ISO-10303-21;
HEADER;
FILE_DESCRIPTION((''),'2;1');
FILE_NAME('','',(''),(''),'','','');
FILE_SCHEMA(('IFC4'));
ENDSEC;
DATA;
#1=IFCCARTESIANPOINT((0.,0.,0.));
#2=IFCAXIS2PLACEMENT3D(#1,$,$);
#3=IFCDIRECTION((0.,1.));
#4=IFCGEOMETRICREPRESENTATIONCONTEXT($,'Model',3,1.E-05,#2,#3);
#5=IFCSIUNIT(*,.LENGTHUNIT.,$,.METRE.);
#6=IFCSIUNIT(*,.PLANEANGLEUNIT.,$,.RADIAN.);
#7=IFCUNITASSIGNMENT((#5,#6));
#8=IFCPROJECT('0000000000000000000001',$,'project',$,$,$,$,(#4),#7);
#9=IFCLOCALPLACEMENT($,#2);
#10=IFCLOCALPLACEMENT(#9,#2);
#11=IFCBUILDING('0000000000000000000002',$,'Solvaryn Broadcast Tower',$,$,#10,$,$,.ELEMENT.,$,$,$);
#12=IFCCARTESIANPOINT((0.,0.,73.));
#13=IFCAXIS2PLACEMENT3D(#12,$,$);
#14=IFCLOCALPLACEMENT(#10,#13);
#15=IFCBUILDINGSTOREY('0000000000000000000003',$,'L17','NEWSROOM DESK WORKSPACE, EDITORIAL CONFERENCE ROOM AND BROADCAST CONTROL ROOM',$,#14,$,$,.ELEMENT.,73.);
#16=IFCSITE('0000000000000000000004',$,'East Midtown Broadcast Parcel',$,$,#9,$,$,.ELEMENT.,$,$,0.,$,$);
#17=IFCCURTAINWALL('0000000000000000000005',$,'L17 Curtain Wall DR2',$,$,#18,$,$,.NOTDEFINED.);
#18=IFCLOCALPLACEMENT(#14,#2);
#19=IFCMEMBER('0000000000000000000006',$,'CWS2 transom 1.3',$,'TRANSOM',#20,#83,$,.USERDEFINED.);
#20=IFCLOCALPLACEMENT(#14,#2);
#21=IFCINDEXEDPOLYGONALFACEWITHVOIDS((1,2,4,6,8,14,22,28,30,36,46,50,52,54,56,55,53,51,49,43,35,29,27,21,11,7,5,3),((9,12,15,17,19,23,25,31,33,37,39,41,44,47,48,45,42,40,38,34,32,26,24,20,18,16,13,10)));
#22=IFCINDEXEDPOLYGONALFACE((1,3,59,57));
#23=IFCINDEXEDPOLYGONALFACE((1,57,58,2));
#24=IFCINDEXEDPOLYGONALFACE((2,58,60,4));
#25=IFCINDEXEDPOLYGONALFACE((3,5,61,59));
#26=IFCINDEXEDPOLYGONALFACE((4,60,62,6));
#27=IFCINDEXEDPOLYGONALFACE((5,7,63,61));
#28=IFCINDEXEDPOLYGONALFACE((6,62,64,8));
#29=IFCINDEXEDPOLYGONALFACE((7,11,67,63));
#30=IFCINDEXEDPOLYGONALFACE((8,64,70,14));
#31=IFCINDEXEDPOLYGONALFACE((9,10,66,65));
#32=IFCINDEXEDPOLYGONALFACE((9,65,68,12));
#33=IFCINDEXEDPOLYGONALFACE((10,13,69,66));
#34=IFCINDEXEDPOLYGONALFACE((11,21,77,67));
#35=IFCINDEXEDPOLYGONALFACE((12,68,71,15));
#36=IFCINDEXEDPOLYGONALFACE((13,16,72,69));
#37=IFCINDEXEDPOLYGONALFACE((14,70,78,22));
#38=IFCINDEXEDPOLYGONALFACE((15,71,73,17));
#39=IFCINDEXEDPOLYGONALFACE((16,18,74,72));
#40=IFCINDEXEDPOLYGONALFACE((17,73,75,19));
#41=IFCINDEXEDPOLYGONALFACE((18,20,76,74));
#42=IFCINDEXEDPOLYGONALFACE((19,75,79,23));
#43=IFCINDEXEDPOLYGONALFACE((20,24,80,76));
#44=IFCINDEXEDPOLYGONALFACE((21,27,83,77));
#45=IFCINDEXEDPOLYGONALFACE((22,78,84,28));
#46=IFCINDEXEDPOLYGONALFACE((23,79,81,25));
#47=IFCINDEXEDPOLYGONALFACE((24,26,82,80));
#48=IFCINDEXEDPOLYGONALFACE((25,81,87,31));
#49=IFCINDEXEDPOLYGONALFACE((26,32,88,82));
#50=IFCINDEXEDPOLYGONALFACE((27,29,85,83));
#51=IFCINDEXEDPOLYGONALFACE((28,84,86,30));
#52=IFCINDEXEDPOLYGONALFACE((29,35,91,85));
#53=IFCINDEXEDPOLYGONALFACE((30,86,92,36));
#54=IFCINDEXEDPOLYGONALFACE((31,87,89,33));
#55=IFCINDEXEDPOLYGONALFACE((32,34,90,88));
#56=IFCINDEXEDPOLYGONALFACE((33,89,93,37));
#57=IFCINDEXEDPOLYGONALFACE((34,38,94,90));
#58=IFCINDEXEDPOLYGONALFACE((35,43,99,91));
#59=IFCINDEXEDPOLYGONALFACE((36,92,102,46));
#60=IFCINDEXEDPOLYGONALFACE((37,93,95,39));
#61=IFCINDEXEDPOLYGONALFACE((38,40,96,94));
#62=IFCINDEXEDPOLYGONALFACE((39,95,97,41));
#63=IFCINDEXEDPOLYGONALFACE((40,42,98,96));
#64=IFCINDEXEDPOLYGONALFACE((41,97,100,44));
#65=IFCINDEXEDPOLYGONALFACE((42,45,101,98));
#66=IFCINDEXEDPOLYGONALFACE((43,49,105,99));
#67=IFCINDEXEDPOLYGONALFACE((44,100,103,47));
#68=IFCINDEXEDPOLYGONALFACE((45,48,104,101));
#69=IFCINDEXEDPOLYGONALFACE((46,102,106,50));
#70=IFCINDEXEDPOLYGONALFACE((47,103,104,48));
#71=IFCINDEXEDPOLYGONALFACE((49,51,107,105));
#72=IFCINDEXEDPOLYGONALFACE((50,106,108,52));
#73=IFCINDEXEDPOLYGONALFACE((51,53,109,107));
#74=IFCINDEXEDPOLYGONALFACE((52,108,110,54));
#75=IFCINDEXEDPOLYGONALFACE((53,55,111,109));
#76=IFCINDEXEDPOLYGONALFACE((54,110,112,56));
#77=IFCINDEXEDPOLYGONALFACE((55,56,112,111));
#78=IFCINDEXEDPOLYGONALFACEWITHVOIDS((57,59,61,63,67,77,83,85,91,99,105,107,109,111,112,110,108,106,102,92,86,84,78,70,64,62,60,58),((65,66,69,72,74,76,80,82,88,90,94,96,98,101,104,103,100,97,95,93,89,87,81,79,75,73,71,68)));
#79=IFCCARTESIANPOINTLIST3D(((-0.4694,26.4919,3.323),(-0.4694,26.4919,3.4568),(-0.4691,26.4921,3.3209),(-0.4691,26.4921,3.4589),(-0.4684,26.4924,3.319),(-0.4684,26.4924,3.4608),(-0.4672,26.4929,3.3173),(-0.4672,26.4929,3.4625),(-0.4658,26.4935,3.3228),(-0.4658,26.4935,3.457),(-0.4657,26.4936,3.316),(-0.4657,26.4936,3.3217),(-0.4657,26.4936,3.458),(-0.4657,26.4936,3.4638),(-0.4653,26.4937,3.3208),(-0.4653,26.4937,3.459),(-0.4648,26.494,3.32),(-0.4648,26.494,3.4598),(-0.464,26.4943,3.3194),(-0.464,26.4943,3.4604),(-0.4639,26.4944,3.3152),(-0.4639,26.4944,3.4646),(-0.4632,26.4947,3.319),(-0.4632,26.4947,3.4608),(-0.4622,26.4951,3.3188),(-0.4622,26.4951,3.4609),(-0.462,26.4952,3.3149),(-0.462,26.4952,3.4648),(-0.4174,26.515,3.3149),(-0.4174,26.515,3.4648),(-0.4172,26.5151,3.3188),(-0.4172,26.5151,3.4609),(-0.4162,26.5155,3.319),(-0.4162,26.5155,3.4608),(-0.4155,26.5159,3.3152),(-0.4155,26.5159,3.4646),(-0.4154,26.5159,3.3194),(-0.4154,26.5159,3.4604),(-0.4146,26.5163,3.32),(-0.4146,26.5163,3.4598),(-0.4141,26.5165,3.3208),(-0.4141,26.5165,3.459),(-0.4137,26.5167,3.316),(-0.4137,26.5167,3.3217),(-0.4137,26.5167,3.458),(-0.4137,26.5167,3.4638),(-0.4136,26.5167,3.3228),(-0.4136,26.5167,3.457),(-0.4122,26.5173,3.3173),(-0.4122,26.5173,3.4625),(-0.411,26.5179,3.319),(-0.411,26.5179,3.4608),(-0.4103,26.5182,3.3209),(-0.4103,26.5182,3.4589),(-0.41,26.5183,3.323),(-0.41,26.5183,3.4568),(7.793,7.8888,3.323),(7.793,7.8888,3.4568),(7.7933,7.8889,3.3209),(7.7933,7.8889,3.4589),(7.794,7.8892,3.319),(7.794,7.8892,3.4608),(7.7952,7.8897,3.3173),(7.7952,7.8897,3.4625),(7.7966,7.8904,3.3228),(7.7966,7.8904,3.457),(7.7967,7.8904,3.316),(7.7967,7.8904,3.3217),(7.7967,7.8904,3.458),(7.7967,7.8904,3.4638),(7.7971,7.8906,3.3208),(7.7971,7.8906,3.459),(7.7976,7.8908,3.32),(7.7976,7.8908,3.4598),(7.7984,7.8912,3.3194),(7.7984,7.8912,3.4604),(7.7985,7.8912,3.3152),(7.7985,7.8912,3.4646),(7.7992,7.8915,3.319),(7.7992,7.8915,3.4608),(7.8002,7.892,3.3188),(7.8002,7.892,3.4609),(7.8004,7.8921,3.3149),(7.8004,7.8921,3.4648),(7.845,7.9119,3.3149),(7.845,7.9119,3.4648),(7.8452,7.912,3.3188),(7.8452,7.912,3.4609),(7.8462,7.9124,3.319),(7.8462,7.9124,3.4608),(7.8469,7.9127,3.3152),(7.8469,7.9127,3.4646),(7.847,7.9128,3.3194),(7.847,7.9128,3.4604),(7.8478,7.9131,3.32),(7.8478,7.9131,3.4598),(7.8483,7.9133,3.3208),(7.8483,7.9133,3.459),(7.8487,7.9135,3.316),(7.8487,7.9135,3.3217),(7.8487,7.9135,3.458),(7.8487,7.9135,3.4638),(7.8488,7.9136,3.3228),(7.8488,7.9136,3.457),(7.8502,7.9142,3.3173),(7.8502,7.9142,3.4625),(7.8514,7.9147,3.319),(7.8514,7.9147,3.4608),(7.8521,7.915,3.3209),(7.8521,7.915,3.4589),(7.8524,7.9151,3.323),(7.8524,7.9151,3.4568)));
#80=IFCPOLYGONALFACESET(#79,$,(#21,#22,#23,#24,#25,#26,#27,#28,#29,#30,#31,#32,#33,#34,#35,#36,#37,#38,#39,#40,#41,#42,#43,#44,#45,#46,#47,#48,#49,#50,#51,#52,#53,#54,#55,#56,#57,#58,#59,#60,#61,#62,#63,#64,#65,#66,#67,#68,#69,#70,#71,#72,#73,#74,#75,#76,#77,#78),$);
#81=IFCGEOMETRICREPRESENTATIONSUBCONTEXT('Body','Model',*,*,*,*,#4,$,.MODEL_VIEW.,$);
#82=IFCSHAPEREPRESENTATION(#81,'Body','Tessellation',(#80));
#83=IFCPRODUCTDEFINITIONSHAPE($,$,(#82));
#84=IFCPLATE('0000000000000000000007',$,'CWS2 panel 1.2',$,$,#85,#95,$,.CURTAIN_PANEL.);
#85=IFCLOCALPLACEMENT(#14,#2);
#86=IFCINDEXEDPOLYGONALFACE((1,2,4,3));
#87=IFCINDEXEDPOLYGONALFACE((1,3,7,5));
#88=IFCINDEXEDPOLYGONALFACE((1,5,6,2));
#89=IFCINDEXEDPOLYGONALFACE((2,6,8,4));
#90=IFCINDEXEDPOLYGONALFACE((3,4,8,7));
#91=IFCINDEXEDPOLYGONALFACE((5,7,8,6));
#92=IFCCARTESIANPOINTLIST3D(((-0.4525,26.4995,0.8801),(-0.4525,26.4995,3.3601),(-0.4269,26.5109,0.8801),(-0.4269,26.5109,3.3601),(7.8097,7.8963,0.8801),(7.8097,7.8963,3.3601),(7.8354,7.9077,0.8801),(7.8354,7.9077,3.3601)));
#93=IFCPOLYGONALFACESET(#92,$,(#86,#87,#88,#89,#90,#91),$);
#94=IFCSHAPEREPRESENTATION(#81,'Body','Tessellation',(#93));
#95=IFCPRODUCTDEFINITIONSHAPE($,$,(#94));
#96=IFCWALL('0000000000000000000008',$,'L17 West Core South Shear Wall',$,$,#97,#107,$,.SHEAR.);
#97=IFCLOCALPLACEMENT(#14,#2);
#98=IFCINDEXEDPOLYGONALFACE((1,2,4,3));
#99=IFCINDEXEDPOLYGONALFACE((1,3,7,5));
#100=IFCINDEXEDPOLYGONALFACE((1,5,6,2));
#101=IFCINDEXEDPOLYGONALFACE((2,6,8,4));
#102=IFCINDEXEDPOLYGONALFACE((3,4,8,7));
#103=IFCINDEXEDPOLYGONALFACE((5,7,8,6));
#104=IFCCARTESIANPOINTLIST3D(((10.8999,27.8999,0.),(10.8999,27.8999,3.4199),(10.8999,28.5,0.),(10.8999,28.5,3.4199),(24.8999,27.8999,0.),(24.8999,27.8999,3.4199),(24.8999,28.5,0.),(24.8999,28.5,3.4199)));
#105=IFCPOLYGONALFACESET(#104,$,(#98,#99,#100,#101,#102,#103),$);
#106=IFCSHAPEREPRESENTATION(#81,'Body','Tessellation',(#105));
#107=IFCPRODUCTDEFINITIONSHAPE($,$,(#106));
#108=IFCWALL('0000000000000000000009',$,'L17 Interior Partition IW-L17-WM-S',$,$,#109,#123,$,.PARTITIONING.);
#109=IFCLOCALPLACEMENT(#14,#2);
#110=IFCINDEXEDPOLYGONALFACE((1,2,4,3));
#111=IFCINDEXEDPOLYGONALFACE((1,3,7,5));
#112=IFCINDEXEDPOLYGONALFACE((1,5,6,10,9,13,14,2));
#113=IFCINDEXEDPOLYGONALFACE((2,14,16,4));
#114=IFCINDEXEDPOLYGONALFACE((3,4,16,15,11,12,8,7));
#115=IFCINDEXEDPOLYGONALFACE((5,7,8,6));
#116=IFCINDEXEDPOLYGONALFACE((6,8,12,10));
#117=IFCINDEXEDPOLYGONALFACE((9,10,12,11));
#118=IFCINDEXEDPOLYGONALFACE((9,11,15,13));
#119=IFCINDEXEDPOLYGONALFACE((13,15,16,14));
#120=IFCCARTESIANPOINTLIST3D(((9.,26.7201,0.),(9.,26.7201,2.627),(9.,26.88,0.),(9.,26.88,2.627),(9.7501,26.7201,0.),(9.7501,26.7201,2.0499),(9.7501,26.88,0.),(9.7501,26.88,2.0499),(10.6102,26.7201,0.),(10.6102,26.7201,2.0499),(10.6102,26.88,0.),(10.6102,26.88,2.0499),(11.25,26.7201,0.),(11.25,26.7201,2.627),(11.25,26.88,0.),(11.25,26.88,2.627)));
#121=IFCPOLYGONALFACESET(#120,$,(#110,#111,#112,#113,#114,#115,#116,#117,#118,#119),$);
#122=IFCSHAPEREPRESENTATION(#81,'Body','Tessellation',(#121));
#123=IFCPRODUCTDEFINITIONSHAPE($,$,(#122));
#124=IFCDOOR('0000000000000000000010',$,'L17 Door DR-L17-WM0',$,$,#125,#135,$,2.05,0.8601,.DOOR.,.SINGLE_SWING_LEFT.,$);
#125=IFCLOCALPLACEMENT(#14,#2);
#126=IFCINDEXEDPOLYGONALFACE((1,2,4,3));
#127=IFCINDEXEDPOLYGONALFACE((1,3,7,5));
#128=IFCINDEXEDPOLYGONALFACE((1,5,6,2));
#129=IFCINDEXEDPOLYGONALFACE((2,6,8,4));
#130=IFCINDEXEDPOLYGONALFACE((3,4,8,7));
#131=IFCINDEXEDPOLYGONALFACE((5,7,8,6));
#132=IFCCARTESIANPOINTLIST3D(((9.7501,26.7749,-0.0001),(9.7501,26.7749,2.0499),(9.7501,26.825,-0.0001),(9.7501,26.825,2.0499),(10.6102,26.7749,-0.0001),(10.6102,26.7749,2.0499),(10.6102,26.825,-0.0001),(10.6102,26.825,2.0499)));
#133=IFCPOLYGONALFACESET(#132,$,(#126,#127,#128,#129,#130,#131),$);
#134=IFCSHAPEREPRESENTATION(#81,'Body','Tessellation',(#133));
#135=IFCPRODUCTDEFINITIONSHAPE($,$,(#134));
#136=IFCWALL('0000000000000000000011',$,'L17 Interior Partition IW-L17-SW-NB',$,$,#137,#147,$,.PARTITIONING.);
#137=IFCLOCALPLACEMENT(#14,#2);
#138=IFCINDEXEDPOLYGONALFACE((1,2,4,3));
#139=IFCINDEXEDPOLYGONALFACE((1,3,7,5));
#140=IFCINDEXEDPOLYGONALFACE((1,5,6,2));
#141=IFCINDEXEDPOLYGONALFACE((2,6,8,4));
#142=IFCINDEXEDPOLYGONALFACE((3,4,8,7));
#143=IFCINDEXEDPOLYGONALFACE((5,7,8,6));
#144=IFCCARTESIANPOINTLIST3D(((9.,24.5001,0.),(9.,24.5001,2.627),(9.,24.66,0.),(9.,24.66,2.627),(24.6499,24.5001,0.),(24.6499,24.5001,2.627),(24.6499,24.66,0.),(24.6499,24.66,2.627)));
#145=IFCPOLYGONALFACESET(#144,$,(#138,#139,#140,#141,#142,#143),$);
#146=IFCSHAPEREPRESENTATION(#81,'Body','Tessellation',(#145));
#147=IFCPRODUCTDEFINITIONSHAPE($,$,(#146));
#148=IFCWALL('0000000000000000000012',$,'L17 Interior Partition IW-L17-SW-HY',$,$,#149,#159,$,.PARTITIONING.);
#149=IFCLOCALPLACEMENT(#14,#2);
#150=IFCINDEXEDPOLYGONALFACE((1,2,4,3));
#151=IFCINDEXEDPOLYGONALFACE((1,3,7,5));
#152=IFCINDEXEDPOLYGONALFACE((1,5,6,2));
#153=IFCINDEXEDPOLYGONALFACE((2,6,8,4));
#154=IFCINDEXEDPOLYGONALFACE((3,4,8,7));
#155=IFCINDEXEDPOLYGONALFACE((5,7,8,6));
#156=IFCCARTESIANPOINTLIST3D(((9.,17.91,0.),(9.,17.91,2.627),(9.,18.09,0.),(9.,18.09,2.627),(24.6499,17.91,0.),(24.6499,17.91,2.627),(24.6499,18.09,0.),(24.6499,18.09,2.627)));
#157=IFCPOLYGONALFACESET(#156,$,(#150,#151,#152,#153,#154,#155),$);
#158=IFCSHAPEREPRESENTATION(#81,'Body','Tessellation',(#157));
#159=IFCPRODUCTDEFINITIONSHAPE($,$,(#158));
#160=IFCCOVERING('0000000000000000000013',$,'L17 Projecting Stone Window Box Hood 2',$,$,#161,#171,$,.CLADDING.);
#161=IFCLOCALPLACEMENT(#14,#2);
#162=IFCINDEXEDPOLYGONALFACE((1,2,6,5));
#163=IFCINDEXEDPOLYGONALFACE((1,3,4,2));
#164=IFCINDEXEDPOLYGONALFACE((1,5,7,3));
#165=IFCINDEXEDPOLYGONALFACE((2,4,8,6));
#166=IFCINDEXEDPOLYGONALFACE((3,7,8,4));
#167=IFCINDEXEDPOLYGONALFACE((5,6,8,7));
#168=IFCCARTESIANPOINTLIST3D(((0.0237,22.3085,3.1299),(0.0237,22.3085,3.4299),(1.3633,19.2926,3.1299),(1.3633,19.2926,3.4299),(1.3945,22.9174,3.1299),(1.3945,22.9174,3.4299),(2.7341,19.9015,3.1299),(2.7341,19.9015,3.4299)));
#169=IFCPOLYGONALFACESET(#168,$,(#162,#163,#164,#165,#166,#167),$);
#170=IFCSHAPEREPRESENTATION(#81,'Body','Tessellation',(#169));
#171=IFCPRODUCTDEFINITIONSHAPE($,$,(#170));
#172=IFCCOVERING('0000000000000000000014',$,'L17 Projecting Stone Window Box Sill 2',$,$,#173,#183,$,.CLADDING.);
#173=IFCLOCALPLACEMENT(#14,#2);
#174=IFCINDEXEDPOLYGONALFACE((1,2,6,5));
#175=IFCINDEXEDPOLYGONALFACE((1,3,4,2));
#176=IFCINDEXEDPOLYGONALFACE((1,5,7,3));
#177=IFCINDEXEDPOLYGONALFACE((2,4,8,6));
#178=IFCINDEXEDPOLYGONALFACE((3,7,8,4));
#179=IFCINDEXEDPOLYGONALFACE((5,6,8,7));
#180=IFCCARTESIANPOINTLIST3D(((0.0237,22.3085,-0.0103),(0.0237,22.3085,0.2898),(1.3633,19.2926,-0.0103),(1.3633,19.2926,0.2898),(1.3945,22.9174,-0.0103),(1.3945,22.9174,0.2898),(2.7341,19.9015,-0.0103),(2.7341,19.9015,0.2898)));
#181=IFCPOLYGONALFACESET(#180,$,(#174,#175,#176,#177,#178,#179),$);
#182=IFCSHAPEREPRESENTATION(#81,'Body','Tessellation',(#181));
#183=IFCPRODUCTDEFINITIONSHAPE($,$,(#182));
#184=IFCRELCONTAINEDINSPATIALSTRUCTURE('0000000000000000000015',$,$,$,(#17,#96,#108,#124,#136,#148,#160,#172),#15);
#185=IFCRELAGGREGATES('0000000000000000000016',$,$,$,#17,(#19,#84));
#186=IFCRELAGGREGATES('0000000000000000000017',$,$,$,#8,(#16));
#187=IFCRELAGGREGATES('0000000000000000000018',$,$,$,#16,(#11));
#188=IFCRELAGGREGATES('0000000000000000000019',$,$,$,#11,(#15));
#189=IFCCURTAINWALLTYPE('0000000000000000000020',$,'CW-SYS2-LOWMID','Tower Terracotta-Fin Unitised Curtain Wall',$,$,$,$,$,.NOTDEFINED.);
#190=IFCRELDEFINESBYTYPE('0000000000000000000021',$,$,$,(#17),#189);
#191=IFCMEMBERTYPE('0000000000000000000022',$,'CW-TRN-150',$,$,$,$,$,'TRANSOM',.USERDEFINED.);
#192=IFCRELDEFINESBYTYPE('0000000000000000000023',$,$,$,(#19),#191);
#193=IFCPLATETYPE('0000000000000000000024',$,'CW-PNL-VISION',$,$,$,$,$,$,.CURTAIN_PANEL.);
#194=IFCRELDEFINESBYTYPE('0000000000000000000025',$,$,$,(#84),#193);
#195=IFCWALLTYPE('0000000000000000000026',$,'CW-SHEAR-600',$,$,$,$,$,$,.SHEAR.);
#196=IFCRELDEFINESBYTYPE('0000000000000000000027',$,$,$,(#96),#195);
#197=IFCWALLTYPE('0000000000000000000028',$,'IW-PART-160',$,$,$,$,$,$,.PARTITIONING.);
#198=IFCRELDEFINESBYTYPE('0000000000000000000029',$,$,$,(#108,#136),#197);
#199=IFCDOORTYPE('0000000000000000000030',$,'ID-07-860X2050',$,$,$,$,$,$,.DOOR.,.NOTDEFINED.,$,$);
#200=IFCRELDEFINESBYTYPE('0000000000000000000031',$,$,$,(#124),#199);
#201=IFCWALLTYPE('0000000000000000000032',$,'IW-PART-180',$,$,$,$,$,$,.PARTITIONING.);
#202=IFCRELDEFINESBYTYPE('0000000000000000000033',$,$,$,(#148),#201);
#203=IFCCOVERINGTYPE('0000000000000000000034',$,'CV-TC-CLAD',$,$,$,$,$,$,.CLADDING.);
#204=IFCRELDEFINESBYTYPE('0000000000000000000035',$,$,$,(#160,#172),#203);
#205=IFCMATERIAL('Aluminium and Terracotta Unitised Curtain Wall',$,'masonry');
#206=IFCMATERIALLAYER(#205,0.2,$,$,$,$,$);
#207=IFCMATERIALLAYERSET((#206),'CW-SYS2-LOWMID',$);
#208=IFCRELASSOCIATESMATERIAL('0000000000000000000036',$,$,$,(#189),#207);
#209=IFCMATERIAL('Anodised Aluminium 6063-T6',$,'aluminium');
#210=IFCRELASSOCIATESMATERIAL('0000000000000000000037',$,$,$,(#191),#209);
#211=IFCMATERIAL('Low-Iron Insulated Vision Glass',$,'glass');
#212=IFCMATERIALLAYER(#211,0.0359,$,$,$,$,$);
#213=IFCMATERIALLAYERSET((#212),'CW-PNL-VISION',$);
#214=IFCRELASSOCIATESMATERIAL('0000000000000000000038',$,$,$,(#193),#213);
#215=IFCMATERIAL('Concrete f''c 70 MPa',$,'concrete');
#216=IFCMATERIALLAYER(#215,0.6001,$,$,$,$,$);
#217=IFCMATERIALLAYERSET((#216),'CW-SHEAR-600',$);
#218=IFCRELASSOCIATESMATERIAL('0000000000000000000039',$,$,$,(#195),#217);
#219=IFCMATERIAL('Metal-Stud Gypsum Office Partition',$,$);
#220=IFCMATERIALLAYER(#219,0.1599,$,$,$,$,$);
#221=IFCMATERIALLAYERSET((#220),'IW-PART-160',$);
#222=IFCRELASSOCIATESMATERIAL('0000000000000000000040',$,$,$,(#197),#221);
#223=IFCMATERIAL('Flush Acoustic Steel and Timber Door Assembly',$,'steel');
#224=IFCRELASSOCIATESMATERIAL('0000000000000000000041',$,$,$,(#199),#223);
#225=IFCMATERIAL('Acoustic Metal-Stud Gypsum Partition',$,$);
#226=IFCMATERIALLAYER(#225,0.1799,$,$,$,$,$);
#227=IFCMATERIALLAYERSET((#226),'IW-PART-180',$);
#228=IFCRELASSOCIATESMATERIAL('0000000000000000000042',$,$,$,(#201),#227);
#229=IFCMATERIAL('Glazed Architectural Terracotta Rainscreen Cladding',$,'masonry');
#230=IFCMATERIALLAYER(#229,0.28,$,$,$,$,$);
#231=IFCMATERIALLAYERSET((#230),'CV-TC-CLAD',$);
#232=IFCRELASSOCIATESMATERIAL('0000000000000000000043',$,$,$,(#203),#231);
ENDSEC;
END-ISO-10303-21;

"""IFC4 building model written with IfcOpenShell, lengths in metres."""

from ifc_helpers import new_model, si_unit, direction, frame, frame_2d, origin, origin_2d, place, context, subcontext, project, spatial, rectangle, hollow_rectangle, extrude, material, layer, layer_set, material_profile, profile_set, type_object, element, fill, aggregate, save


model = new_model("IFC4")

# Units and contexts
model_context = context("Model", 3, precision=1e-05, world=origin(), true_north=direction((0.0, 1.0)))
body_context = subcontext(model_context, "Body", "Model", "MODEL_VIEW")
ifc_project = project(units=[si_unit("LENGTHUNIT", "METRE"), si_unit("PLANEANGLEUNIT", "RADIAN")], contexts=[model_context])

# Site, building, storey
site_placement = place(None, origin())
site = spatial("IfcSite", under=ifc_project, at=site_placement, Name="East Midtown Broadcast Parcel", CompositionType="ELEMENT", RefElevation=0.0)
building_placement = place(site_placement, origin())
building = spatial("IfcBuilding", under=site, at=building_placement, Name="Solvaryn Broadcast Tower", CompositionType="ELEMENT")
storey_placement = place(building_placement, frame((0.0, 0.0, 73.0)))
storey = spatial("IfcBuildingStorey", under=building, at=storey_placement, Name="L17", Description="NEWSROOM DESK WORKSPACE, EDITORIAL CONFERENCE ROOM AND BROADCAST CONTROL ROOM", CompositionType="ELEMENT", Elevation=73.0)

# Shared definitions
ifc_material_1 = material(Name="Aluminium and Terracotta Unitised Curtain Wall", Category="masonry")
ifc_layer_1 = layer(ifc_material_1, 0.2)
ifc_layer_set_1 = layer_set([ifc_layer_1], Name="CW-SYS2-LOWMID")
curtain_wall_type = type_object("IfcCurtainWallType", Name="CW-SYS2-LOWMID", Description="Tower Terracotta-Fin Unitised Curtain Wall", PredefinedType="NOTDEFINED", material=ifc_layer_set_1)

# Curtain wall, member, plate
curtain_wall_1_placement = place(storey_placement, origin())
curtain_wall_1 = element("IfcCurtainWall", 1, at=curtain_wall_1_placement, inside=storey, type_object=curtain_wall_type, Name="L17 Curtain Wall DR2", PredefinedType="NOTDEFINED")
ifc_material_2 = material(Name="Anodised Aluminium 6063-T6", Category="aluminium")
ifc_material_profile_1 = material_profile(ifc_material_2, hollow_rectangle(XDim=0.0649, YDim=0.1499, WallThickness=0.0039, InnerFilletRadius=0.0039, OuterFilletRadius=0.0081, at=origin_2d()))
ifc_profile_set_1 = profile_set([ifc_material_profile_1], Name="Anodised Aluminium 6063-T6")
member_type_1 = type_object("IfcMemberType", Name="CW-TRN-150", ElementType="TRANSOM", PredefinedType="USERDEFINED", material=ifc_profile_set_1)
member_1_placement = place(storey_placement, frame((-0.4397, 26.5051, 3.3899), z_axis=(0.405906, -0.913915, 0.0), x_axis=(0.913915, 0.405906, 0.0)))
member_1 = element("IfcMember", 2, at=member_1_placement, type_object=member_type_1, Name="CWS2 transom 1.3", ObjectType="TRANSOM", PredefinedType="USERDEFINED", context=body_context, shape_type="SweptSolid", body=[
    extrude(hollow_rectangle(XDim=0.0649, YDim=0.1499, WallThickness=0.0039, InnerFilletRadius=0.0039, OuterFilletRadius=0.0081, at=origin_2d()), origin(), (0.0, 0.0, 1.0), 20.3555),
])
ifc_material_3 = material(Name="Low-Iron Insulated Vision Glass", Category="glass")
ifc_layer_2 = layer(ifc_material_3, 0.0359)
ifc_layer_set_2 = layer_set([ifc_layer_2], Name="CW-PNL-VISION")
plate_type = type_object("IfcPlateType", Name="CW-PNL-VISION", PredefinedType="CURTAIN_PANEL", material=ifc_layer_set_2)
plate_placement = place(storey_placement, frame((3.6914, 17.2036, 0.8801), z_axis=(0.0, 0.0, 1.0), x_axis=(0.405898, -0.913918, 0.0)))
plate = element("IfcPlate", 3, at=plate_placement, type_object=plate_type, Name="CWS2 panel 1.2", PredefinedType="CURTAIN_PANEL", context=body_context, shape_type="SweptSolid", body=[
    extrude(rectangle(XDim=20.3555, YDim=0.0281, at=origin_2d()), origin(), (0.0, 0.0, 1.0), 2.48),
])
aggregate(curtain_wall_1, [member_1, plate])

# Wall
ifc_material_4 = material(Name="Concrete f'c 70 MPa", Category="concrete")
ifc_layer_3 = layer(ifc_material_4, 0.6001)
ifc_layer_set_3 = layer_set([ifc_layer_3], Name="CW-SHEAR-600")
wall_type_1 = type_object("IfcWallType", Name="CW-SHEAR-600", PredefinedType="SHEAR", material=ifc_layer_set_3)
wall_1_placement = place(storey_placement, frame((10.8999, 28.2, 0.0), z_axis=(0.0, 0.0, 1.0), x_axis=(1.0, 0.0, 0.0)))
element("IfcWall", 4, at=wall_1_placement, inside=storey, type_object=wall_type_1, Name="L17 West Core South Shear Wall", PredefinedType="SHEAR", context=body_context, shape_type="SweptSolid", body=[
    extrude(rectangle(XDim=14.0, YDim=0.6001, at=frame_2d((7.0, 0.0))), origin(), (0.0, 0.0, 1.0), 3.4199),
])

# Wall, opening, door
ifc_material_5 = material(Name="Metal-Stud Gypsum Office Partition")
ifc_layer_4 = layer(ifc_material_5, 0.1599)
ifc_layer_set_4 = layer_set([ifc_layer_4], Name="IW-PART-160")
wall_type_2 = type_object("IfcWallType", Name="IW-PART-160", PredefinedType="PARTITIONING", material=ifc_layer_set_4)
wall_2_placement = place(storey_placement, frame((9.0, 26.8, 0.0), z_axis=(0.0, 0.0, 1.0), x_axis=(1.0, 0.0, 0.0)))
wall_2 = element("IfcWall", 5, at=wall_2_placement, inside=storey, type_object=wall_type_2, Name="L17 Interior Partition IW-L17-WM-S", PredefinedType="PARTITIONING", context=body_context, shape_type="SweptSolid", body=[
    extrude(rectangle(XDim=2.25, YDim=0.1599, at=frame_2d((1.125, 0.0))), origin(), (0.0, 0.0, 1.0), 2.627),
])
opening_placement = place(wall_2_placement, frame((0.75, 0.0, 0.0)))
opening = element("IfcOpeningElement", 6, at=opening_placement, cuts=wall_2, PredefinedType="OPENING", context=body_context, shape_type="SweptSolid", body=[
    extrude(rectangle(XDim=0.8601, YDim=2.05, at=frame_2d((0.4302, 1.0249))), frame((0.0, 0.0901, 0.0), z_axis=(0.0, -1.0, 0.0), x_axis=(1.0, 0.0, 0.0)), (0.0, 0.0, 1.0), 0.1799),
])
ifc_material_6 = material(Name="Flush Acoustic Steel and Timber Door Assembly", Category="steel")
door_type = type_object("IfcDoorType", Name="ID-07-860X2050", OperationType="NOTDEFINED", PredefinedType="DOOR", material=ifc_material_6)
door_placement = place(opening_placement, origin())
door = element("IfcDoor", 7, at=door_placement, inside=storey, type_object=door_type, Name="L17 Door DR-L17-WM0", OperationType="SINGLE_SWING_LEFT", OverallHeight=2.05, OverallWidth=0.8601, PredefinedType="DOOR", context=body_context, shape_type="SweptSolid", body=[
    extrude(rectangle(XDim=0.8601, YDim=2.05, at=frame_2d((0.4302, 1.0249))), frame((0.0, 0.0249, 0.0), z_axis=(0.0, -1.0, 0.0), x_axis=(1.0, 0.0, 0.0)), (0.0, 0.0, 1.0), 0.05),
])
fill(opening, door)

# Walls
wall_3_placement = place(storey_placement, frame((9.0, 24.5801, 0.0), z_axis=(0.0, 0.0, 1.0), x_axis=(1.0, 0.0, 0.0)))
element("IfcWall", 8, at=wall_3_placement, inside=storey, type_object=wall_type_2, Name="L17 Interior Partition IW-L17-SW-NB", PredefinedType="PARTITIONING", context=body_context, shape_type="SweptSolid", body=[
    extrude(rectangle(XDim=15.6499, YDim=0.1599, at=frame_2d((7.825, 0.0))), origin(), (0.0, 0.0, 1.0), 2.627),
])
ifc_material_7 = material(Name="Acoustic Metal-Stud Gypsum Partition")
ifc_layer_5 = layer(ifc_material_7, 0.1799)
ifc_layer_set_5 = layer_set([ifc_layer_5], Name="IW-PART-180")
wall_type_3 = type_object("IfcWallType", Name="IW-PART-180", PredefinedType="PARTITIONING", material=ifc_layer_set_5)
wall_4_placement = place(storey_placement, frame((9.0, 18.0, 0.0), z_axis=(0.0, 0.0, 1.0), x_axis=(1.0, 0.0, 0.0)))
element("IfcWall", 9, at=wall_4_placement, inside=storey, type_object=wall_type_3, Name="L17 Interior Partition IW-L17-SW-HY", PredefinedType="PARTITIONING", context=body_context, shape_type="SweptSolid", body=[
    extrude(rectangle(XDim=15.6499, YDim=0.1799, at=frame_2d((7.825, 0.0))), origin(), (0.0, 0.0, 1.0), 2.627),
])

# Coverings
ifc_material_8 = material(Name="Glazed Architectural Terracotta Rainscreen Cladding", Category="masonry")
ifc_layer_6 = layer(ifc_material_8, 0.28)
ifc_layer_set_6 = layer_set([ifc_layer_6], Name="CV-TC-CLAD")
covering_type_1 = type_object("IfcCoveringType", Name="CV-TC-CLAD", PredefinedType="CLADDING", material=ifc_layer_set_6)
for number, where, z_axis, x_axis, name in (
    (10, (1.3789, 21.105, 3.1299), (0.0, 0.0, 1.0), (0.405939, -0.9139, 0.0), "L17 Projecting Stone Window Box Hood 2"),
    (11, (1.3789, 21.105, -0.0103), (0.0, 0.0, 1.0), (0.405939, -0.9139, 0.0), "L17 Projecting Stone Window Box Sill 2"),
):
    element("IfcCovering", number, at=place(storey_placement, frame(where, z_axis=z_axis, x_axis=x_axis)), inside=storey, type_object=covering_type_1, Name=name, PredefinedType="CLADDING", context=body_context, shape_type="SweptSolid", body=[
        extrude(rectangle(XDim=3.3, YDim=1.5, at=origin_2d()), origin(), (0.0, 0.0, 1.0), 0.3),
    ])

save(model, "model.ifc")
